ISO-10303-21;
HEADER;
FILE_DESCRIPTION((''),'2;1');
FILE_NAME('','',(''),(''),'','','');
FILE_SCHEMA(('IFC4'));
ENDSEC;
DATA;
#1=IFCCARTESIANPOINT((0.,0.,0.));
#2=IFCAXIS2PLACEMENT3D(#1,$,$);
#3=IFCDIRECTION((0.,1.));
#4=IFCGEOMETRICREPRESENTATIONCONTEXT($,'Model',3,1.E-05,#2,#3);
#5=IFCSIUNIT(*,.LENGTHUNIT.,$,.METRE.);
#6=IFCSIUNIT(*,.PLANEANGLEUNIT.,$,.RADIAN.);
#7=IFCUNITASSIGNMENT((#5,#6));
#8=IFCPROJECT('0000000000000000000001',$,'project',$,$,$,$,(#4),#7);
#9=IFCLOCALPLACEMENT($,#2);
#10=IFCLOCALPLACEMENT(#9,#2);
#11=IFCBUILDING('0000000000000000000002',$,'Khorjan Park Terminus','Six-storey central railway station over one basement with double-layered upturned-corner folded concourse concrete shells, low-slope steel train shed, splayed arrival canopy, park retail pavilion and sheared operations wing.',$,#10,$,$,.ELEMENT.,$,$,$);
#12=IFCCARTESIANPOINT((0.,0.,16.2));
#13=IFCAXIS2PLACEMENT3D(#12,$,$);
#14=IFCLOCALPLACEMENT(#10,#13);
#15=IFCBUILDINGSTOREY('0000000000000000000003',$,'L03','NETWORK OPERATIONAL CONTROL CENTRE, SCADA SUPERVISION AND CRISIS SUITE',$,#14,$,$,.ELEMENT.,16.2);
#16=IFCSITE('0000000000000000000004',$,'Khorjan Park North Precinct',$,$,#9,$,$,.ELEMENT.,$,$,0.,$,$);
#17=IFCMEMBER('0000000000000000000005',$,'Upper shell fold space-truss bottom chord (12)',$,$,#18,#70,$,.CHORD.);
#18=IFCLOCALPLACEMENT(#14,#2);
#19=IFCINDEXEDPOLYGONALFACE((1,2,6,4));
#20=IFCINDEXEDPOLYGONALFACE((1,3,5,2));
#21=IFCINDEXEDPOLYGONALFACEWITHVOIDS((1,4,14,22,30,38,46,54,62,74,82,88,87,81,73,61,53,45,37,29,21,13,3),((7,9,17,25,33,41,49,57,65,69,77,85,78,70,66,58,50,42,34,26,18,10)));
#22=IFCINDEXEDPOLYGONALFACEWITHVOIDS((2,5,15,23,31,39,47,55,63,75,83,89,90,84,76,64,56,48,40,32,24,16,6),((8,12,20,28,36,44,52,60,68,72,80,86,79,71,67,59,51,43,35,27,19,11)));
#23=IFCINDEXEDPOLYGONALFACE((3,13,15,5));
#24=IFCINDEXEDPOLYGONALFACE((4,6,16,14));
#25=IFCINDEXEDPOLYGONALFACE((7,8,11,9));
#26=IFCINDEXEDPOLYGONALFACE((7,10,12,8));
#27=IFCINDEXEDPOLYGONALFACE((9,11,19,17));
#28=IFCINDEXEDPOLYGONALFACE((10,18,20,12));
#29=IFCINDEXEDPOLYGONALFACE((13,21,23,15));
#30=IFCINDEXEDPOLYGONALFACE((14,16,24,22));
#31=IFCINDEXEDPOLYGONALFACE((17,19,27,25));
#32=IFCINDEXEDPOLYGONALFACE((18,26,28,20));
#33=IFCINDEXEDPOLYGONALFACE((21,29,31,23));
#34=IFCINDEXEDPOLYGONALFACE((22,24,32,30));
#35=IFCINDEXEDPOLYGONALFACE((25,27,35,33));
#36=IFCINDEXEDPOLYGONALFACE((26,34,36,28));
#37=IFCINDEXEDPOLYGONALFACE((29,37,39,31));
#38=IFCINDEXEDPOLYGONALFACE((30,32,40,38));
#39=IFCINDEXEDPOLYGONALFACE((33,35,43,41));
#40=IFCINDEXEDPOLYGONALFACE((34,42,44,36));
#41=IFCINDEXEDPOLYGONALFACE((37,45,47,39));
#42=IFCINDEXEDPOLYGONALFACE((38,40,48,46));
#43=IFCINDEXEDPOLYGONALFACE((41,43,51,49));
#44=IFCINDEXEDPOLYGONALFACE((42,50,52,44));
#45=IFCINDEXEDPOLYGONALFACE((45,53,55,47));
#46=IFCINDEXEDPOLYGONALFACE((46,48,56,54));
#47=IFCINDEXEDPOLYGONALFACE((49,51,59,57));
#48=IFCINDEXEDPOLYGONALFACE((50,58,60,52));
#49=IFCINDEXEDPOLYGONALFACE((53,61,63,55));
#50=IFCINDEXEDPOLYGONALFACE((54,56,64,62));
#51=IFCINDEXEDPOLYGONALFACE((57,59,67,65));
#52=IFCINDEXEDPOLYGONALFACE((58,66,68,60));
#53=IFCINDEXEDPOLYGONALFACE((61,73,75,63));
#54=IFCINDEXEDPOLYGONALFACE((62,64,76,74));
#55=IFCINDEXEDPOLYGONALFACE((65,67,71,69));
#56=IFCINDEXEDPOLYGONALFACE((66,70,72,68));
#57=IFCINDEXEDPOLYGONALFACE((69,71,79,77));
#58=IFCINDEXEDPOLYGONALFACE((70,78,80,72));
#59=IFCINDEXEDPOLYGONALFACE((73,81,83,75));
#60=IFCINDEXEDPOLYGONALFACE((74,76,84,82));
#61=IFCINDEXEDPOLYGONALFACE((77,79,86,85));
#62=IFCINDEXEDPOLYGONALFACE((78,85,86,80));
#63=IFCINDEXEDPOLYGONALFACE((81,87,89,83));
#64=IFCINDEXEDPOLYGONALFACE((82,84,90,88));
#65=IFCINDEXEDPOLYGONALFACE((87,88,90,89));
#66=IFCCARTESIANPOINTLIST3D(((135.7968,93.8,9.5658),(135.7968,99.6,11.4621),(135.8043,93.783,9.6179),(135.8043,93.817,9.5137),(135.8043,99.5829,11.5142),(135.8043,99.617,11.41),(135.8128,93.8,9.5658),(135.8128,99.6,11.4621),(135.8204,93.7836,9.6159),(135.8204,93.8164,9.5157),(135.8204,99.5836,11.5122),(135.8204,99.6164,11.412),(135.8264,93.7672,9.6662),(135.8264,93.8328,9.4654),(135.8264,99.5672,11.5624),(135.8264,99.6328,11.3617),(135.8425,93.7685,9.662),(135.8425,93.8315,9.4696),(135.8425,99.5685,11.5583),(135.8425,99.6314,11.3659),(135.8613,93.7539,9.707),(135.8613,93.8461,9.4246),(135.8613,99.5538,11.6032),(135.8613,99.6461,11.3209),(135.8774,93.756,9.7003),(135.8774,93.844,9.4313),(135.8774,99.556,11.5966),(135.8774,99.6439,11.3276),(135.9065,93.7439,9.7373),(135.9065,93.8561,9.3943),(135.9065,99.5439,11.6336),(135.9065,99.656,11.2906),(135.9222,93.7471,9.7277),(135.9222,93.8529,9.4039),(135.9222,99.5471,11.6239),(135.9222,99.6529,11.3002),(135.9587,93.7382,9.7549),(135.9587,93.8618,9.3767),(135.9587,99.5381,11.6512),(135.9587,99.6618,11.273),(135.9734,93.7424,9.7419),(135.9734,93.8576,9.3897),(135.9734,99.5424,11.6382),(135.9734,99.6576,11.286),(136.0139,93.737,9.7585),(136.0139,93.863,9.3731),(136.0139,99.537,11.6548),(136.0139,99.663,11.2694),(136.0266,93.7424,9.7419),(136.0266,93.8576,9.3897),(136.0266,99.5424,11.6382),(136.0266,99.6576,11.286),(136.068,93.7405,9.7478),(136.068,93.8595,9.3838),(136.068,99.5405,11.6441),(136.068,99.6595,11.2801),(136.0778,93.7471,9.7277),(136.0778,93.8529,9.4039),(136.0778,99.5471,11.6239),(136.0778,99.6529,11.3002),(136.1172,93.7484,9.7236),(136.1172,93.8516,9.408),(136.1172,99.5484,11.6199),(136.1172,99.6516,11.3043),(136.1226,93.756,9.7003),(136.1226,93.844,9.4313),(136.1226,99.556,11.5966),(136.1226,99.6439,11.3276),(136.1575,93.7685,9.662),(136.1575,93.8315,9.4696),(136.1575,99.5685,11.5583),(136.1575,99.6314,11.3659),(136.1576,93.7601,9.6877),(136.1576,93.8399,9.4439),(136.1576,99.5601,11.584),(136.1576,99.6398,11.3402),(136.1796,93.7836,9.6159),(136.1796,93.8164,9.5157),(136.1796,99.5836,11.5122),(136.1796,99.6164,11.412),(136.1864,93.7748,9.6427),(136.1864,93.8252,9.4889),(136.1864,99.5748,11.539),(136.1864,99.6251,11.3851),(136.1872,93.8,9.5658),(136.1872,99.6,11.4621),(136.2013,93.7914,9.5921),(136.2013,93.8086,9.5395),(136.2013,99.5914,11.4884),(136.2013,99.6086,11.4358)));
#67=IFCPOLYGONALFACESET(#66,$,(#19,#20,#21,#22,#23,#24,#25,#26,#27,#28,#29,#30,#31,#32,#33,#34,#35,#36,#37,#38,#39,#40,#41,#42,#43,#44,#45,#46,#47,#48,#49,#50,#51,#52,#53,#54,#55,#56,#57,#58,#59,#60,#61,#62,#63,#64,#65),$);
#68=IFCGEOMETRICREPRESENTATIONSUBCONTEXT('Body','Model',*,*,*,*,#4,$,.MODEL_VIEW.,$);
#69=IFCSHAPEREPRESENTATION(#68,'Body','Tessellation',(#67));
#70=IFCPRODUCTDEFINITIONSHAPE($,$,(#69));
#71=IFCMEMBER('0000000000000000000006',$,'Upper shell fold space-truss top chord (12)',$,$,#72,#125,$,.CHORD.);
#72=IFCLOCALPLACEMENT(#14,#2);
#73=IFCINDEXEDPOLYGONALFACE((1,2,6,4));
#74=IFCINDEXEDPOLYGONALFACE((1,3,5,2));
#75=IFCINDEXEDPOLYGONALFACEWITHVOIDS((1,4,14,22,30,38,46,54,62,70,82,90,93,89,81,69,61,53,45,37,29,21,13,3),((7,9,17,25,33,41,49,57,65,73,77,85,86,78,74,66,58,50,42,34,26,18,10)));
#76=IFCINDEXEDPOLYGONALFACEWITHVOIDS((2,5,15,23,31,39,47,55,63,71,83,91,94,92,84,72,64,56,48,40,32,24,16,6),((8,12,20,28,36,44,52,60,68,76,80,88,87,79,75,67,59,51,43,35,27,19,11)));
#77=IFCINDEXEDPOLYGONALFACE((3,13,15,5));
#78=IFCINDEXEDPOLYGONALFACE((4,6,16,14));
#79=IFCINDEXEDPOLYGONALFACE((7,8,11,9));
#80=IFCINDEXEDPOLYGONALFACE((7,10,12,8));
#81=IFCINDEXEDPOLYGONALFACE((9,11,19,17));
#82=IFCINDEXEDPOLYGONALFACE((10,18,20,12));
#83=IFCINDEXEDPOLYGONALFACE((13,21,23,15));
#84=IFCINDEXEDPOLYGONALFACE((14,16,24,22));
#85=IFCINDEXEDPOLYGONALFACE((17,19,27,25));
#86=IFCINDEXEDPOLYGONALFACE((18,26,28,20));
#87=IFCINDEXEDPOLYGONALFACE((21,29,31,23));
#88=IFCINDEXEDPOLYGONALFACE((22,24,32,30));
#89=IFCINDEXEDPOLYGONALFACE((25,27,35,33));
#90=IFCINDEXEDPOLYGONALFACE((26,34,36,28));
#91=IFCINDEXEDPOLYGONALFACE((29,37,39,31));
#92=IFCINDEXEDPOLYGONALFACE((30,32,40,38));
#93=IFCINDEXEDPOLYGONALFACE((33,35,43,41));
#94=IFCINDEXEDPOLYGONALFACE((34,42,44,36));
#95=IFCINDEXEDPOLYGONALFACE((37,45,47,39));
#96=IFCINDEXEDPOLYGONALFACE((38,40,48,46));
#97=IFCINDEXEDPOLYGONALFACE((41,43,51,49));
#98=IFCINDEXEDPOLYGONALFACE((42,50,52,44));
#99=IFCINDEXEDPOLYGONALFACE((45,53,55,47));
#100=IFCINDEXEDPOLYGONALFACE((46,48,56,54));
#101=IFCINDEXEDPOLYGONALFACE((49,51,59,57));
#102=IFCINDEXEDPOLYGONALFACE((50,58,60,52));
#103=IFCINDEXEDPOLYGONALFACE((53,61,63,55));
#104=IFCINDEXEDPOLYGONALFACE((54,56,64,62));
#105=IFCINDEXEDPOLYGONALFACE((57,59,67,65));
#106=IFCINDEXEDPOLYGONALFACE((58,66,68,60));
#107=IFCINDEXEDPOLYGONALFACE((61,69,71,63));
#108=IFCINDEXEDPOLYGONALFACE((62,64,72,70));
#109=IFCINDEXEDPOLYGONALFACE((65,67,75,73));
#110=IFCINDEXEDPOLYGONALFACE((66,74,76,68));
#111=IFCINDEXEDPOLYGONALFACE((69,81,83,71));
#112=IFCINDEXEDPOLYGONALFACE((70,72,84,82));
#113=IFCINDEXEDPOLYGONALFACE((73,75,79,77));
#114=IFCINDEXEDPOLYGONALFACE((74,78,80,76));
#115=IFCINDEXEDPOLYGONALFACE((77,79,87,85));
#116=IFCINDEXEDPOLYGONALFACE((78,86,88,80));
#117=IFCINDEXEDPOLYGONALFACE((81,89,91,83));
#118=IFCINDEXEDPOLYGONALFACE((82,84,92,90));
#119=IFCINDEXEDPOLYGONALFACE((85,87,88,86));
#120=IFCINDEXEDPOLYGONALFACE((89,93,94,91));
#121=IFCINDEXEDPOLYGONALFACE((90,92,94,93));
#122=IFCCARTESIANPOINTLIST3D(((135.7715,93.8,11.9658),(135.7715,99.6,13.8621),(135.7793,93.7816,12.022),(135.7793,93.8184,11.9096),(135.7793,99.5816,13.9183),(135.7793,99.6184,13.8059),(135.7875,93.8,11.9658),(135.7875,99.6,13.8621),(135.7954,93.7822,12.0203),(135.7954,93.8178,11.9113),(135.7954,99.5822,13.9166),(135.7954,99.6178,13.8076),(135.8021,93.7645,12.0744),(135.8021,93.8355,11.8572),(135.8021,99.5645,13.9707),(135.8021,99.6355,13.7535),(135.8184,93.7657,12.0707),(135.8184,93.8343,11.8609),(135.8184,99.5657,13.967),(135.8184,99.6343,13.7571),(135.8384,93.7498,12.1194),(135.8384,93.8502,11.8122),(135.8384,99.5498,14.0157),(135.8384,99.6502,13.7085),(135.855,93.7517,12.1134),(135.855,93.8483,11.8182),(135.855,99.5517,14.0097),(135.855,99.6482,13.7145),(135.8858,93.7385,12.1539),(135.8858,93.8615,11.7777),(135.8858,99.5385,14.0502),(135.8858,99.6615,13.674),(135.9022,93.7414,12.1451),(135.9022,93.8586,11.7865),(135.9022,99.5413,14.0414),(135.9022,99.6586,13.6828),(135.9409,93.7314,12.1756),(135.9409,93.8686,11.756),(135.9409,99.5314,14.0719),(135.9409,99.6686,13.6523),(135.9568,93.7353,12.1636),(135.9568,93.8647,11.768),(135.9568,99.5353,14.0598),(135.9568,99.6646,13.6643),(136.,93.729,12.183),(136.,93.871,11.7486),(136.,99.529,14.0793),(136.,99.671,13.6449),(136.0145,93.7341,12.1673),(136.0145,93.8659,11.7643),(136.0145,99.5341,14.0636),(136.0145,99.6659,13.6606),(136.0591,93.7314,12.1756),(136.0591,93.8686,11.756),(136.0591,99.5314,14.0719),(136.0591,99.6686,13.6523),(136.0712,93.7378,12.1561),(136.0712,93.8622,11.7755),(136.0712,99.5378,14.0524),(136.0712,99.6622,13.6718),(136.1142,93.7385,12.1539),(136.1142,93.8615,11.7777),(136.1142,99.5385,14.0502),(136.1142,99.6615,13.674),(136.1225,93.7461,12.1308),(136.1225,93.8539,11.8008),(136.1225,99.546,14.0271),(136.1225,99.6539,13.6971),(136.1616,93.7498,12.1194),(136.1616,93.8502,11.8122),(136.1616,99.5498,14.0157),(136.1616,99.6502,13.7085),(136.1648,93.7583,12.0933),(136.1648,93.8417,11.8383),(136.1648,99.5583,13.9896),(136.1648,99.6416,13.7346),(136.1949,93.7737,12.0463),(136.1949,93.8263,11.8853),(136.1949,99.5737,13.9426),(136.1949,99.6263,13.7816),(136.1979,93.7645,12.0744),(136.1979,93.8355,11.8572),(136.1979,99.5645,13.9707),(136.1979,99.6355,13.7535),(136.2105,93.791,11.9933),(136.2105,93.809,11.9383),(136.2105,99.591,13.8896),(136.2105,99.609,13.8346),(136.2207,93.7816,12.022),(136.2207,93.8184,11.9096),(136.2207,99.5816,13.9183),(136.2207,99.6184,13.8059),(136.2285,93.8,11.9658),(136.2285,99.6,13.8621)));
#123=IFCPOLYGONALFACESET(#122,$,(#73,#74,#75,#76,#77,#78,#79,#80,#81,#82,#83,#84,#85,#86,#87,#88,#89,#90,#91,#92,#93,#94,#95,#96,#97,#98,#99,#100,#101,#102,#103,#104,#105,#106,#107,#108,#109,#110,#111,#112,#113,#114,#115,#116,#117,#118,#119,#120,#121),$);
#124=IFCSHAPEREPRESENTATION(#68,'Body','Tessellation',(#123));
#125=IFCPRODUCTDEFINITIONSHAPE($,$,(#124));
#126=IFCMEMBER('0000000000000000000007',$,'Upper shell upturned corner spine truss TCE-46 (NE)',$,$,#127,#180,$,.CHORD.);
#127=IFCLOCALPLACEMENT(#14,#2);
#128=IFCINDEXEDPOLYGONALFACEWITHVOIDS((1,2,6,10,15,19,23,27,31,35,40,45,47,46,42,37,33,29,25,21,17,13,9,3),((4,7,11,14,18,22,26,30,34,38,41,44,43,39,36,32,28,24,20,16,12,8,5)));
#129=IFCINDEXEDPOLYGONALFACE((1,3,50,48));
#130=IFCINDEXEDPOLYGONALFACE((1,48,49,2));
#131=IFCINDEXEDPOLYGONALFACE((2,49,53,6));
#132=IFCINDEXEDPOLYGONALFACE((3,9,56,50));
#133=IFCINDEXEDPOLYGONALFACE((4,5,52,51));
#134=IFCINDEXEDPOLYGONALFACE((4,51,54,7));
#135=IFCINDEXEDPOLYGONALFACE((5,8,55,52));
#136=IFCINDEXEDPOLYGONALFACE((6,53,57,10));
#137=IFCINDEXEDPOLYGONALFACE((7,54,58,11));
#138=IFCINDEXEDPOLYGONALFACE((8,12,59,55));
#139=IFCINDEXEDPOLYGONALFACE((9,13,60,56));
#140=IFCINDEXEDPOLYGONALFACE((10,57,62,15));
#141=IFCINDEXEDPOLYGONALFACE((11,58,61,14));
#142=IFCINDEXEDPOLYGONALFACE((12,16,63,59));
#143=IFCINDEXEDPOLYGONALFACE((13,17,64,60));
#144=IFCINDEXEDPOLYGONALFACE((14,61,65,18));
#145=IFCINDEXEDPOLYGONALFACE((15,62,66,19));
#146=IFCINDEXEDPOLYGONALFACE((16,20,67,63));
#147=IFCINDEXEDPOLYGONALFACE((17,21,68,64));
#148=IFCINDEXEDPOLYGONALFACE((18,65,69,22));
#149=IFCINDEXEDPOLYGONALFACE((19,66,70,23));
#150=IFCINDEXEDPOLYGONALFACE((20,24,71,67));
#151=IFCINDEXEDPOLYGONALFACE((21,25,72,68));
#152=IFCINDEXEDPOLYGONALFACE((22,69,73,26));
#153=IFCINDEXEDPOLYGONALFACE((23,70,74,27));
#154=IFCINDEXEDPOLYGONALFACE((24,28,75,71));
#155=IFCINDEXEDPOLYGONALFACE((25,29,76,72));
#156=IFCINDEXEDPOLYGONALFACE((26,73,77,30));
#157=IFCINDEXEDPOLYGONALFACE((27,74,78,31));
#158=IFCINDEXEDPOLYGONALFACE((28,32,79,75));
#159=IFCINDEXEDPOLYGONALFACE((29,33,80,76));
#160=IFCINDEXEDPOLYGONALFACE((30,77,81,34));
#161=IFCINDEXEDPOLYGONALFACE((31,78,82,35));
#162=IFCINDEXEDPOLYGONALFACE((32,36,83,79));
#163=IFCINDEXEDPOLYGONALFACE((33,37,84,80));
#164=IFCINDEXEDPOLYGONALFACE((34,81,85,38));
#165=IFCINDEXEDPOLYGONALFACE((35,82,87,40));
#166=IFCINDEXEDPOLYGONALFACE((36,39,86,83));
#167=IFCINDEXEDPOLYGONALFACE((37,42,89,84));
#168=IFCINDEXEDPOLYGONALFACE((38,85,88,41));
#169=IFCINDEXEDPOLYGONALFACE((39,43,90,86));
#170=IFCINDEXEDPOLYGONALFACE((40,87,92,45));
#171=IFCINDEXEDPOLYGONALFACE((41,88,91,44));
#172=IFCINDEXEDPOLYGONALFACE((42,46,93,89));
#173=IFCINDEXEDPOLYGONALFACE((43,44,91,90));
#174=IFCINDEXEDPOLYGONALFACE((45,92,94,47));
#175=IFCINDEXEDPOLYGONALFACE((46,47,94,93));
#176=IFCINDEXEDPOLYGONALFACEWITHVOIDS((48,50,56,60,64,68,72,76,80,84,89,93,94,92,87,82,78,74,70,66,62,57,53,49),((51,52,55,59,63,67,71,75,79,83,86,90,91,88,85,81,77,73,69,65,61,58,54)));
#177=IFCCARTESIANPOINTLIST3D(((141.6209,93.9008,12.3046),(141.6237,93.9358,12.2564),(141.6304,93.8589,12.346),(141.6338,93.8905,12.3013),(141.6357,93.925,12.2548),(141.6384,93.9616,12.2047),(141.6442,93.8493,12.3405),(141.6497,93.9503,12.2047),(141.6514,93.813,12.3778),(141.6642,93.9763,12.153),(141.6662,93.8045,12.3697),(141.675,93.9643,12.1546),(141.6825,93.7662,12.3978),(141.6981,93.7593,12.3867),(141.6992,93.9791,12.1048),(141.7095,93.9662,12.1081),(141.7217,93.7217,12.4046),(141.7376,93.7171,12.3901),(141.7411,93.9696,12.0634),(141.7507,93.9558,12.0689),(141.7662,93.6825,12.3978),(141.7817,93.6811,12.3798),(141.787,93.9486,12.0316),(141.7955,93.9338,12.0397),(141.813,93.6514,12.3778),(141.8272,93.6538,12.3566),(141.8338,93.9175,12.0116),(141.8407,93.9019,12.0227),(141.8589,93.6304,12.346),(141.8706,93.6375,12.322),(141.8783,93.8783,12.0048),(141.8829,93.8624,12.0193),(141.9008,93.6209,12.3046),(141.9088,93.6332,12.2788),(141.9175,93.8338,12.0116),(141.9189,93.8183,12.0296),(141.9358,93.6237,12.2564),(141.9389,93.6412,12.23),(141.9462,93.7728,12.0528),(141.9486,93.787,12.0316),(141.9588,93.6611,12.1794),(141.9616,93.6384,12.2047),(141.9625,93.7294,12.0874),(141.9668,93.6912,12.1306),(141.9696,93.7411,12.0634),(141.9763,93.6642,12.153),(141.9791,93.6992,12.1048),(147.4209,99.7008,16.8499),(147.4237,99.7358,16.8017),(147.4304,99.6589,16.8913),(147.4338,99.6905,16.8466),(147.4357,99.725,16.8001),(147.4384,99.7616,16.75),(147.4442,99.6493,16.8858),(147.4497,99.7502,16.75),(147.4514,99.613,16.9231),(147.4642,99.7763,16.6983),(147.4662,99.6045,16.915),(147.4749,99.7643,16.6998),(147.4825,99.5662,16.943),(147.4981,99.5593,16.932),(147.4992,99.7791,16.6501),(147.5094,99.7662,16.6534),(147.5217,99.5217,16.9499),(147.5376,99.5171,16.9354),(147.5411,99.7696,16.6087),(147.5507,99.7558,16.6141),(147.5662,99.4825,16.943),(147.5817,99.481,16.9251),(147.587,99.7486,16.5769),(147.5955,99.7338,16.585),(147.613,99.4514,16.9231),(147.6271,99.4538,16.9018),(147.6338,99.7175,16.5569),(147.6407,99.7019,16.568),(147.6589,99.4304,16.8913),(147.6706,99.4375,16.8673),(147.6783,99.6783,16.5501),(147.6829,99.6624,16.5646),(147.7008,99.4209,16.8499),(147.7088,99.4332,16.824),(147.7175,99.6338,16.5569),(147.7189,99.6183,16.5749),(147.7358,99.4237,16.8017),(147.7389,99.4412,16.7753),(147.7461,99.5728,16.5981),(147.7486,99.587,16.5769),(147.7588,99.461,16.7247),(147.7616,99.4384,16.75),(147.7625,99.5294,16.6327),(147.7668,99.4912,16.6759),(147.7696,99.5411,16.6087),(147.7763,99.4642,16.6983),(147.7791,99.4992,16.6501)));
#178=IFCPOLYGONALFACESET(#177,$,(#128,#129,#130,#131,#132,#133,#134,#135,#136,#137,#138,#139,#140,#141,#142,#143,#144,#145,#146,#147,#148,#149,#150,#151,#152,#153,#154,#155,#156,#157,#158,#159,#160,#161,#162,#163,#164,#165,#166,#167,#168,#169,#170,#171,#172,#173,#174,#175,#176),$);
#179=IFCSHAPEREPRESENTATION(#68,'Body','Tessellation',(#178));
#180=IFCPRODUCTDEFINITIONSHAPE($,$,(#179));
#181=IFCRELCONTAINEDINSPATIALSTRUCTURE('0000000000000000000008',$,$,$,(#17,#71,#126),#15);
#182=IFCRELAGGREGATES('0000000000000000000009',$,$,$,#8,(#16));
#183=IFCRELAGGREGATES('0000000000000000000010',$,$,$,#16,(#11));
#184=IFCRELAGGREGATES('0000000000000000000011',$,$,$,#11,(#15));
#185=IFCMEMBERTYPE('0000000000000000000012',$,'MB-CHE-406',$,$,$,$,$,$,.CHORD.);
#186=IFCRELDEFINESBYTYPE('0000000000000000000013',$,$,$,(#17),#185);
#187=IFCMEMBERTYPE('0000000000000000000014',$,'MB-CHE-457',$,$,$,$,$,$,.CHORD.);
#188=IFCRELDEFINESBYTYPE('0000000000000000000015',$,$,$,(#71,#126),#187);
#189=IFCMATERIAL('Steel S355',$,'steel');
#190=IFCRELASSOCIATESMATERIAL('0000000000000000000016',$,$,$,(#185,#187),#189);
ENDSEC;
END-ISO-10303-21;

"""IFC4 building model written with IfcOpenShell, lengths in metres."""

from ifc_helpers import new_model, si_unit, direction, frame, origin, origin_2d, place, context, subcontext, project, spatial, hollow_circle, extrude, material, material_profile, profile_set, type_object, element, save


model = new_model("IFC4")

# Units and contexts
model_context = context("Model", 3, precision=1e-05, world=origin(), true_north=direction((0.0, 1.0)))
body_context = subcontext(model_context, "Body", "Model", "MODEL_VIEW")
ifc_project = project(units=[si_unit("LENGTHUNIT", "METRE"), si_unit("PLANEANGLEUNIT", "RADIAN")], contexts=[model_context])

# Site, building, storey
site_placement = place(None, origin())
site = spatial("IfcSite", under=ifc_project, at=site_placement, Name="Khorjan Park North Precinct", CompositionType="ELEMENT", RefElevation=0.0)
building_placement = place(site_placement, origin())
building = spatial("IfcBuilding", under=site, at=building_placement, Name="Khorjan Park Terminus", Description="Six-storey central railway station over one basement with double-layered upturned-corner folded concourse concrete shells, low-slope steel train shed, splayed arrival canopy, park retail pavilion and sheared operations wing.", CompositionType="ELEMENT")
storey_placement = place(building_placement, frame((0.0, 0.0, 16.2)))
storey = spatial("IfcBuildingStorey", under=building, at=storey_placement, Name="L03", Description="NETWORK OPERATIONAL CONTROL CENTRE, SCADA SUPERVISION AND CRISIS SUITE", CompositionType="ELEMENT", Elevation=16.2)

# Members
ifc_material = material(Name="Steel S355", Category="steel")
ifc_material_profile_1 = material_profile(ifc_material, hollow_circle(Radius=0.2032, WallThickness=0.016, at=origin_2d()), Name="CHS 406.4x16")
ifc_profile_set_1 = profile_set([ifc_material_profile_1], Name="Steel S355")
member_type_1 = type_object("IfcMemberType", Name="MB-CHE-406", PredefinedType="CHORD", material=ifc_profile_set_1)
member_1_placement = place(storey_placement, frame((136.0, 93.8, 9.5658), z_axis=(0.0, 0.950488, 0.31076), x_axis=(-1.0, 0.0, 0.0)))
element("IfcMember", 1, at=member_1_placement, inside=storey, type_object=member_type_1, Name="Upper shell fold space-truss bottom chord (12)", PredefinedType="CHORD", context=body_context, shape_type="SweptSolid", body=[
    extrude(hollow_circle(Radius=0.2032, WallThickness=0.016, at=origin_2d()), origin(), (0.0, 0.0, 1.0), 6.1021),
])
ifc_material_profile_2 = material_profile(ifc_material, hollow_circle(Radius=0.2285, WallThickness=0.016, at=origin_2d()), Name="CHS 457x16")
ifc_profile_set_2 = profile_set([ifc_material_profile_2], Name="Steel S355")
member_type_2 = type_object("IfcMemberType", Name="MB-CHE-457", PredefinedType="CHORD", material=ifc_profile_set_2)
member_2_placement = place(storey_placement, frame((136.0, 93.8, 11.9658), z_axis=(0.0, 0.950488, 0.31076), x_axis=(-1.0, 0.0, 0.0)))
element("IfcMember", 2, at=member_2_placement, inside=storey, type_object=member_type_2, Name="Upper shell fold space-truss top chord (12)", PredefinedType="CHORD", context=body_context, shape_type="SweptSolid", body=[
    extrude(hollow_circle(Radius=0.2285, WallThickness=0.016, at=origin_2d()), origin(), (0.0, 0.0, 1.0), 6.1021),
])
member_3_placement = place(storey_placement, frame((141.8, 93.8, 12.2047), z_axis=(0.618494, 0.618494, 0.484697), x_axis=(-0.707107, 0.707107, 0.0)))
element("IfcMember", 3, at=member_3_placement, inside=storey, type_object=member_type_2, Name="Upper shell upturned corner spine truss TCE-46 (NE)", PredefinedType="CHORD", context=body_context, shape_type="SweptSolid", body=[
    extrude(hollow_circle(Radius=0.2285, WallThickness=0.016, at=origin_2d()), origin(), (0.0, 0.0, 1.0), 9.3776),
])

save(model, "model.ifc")
